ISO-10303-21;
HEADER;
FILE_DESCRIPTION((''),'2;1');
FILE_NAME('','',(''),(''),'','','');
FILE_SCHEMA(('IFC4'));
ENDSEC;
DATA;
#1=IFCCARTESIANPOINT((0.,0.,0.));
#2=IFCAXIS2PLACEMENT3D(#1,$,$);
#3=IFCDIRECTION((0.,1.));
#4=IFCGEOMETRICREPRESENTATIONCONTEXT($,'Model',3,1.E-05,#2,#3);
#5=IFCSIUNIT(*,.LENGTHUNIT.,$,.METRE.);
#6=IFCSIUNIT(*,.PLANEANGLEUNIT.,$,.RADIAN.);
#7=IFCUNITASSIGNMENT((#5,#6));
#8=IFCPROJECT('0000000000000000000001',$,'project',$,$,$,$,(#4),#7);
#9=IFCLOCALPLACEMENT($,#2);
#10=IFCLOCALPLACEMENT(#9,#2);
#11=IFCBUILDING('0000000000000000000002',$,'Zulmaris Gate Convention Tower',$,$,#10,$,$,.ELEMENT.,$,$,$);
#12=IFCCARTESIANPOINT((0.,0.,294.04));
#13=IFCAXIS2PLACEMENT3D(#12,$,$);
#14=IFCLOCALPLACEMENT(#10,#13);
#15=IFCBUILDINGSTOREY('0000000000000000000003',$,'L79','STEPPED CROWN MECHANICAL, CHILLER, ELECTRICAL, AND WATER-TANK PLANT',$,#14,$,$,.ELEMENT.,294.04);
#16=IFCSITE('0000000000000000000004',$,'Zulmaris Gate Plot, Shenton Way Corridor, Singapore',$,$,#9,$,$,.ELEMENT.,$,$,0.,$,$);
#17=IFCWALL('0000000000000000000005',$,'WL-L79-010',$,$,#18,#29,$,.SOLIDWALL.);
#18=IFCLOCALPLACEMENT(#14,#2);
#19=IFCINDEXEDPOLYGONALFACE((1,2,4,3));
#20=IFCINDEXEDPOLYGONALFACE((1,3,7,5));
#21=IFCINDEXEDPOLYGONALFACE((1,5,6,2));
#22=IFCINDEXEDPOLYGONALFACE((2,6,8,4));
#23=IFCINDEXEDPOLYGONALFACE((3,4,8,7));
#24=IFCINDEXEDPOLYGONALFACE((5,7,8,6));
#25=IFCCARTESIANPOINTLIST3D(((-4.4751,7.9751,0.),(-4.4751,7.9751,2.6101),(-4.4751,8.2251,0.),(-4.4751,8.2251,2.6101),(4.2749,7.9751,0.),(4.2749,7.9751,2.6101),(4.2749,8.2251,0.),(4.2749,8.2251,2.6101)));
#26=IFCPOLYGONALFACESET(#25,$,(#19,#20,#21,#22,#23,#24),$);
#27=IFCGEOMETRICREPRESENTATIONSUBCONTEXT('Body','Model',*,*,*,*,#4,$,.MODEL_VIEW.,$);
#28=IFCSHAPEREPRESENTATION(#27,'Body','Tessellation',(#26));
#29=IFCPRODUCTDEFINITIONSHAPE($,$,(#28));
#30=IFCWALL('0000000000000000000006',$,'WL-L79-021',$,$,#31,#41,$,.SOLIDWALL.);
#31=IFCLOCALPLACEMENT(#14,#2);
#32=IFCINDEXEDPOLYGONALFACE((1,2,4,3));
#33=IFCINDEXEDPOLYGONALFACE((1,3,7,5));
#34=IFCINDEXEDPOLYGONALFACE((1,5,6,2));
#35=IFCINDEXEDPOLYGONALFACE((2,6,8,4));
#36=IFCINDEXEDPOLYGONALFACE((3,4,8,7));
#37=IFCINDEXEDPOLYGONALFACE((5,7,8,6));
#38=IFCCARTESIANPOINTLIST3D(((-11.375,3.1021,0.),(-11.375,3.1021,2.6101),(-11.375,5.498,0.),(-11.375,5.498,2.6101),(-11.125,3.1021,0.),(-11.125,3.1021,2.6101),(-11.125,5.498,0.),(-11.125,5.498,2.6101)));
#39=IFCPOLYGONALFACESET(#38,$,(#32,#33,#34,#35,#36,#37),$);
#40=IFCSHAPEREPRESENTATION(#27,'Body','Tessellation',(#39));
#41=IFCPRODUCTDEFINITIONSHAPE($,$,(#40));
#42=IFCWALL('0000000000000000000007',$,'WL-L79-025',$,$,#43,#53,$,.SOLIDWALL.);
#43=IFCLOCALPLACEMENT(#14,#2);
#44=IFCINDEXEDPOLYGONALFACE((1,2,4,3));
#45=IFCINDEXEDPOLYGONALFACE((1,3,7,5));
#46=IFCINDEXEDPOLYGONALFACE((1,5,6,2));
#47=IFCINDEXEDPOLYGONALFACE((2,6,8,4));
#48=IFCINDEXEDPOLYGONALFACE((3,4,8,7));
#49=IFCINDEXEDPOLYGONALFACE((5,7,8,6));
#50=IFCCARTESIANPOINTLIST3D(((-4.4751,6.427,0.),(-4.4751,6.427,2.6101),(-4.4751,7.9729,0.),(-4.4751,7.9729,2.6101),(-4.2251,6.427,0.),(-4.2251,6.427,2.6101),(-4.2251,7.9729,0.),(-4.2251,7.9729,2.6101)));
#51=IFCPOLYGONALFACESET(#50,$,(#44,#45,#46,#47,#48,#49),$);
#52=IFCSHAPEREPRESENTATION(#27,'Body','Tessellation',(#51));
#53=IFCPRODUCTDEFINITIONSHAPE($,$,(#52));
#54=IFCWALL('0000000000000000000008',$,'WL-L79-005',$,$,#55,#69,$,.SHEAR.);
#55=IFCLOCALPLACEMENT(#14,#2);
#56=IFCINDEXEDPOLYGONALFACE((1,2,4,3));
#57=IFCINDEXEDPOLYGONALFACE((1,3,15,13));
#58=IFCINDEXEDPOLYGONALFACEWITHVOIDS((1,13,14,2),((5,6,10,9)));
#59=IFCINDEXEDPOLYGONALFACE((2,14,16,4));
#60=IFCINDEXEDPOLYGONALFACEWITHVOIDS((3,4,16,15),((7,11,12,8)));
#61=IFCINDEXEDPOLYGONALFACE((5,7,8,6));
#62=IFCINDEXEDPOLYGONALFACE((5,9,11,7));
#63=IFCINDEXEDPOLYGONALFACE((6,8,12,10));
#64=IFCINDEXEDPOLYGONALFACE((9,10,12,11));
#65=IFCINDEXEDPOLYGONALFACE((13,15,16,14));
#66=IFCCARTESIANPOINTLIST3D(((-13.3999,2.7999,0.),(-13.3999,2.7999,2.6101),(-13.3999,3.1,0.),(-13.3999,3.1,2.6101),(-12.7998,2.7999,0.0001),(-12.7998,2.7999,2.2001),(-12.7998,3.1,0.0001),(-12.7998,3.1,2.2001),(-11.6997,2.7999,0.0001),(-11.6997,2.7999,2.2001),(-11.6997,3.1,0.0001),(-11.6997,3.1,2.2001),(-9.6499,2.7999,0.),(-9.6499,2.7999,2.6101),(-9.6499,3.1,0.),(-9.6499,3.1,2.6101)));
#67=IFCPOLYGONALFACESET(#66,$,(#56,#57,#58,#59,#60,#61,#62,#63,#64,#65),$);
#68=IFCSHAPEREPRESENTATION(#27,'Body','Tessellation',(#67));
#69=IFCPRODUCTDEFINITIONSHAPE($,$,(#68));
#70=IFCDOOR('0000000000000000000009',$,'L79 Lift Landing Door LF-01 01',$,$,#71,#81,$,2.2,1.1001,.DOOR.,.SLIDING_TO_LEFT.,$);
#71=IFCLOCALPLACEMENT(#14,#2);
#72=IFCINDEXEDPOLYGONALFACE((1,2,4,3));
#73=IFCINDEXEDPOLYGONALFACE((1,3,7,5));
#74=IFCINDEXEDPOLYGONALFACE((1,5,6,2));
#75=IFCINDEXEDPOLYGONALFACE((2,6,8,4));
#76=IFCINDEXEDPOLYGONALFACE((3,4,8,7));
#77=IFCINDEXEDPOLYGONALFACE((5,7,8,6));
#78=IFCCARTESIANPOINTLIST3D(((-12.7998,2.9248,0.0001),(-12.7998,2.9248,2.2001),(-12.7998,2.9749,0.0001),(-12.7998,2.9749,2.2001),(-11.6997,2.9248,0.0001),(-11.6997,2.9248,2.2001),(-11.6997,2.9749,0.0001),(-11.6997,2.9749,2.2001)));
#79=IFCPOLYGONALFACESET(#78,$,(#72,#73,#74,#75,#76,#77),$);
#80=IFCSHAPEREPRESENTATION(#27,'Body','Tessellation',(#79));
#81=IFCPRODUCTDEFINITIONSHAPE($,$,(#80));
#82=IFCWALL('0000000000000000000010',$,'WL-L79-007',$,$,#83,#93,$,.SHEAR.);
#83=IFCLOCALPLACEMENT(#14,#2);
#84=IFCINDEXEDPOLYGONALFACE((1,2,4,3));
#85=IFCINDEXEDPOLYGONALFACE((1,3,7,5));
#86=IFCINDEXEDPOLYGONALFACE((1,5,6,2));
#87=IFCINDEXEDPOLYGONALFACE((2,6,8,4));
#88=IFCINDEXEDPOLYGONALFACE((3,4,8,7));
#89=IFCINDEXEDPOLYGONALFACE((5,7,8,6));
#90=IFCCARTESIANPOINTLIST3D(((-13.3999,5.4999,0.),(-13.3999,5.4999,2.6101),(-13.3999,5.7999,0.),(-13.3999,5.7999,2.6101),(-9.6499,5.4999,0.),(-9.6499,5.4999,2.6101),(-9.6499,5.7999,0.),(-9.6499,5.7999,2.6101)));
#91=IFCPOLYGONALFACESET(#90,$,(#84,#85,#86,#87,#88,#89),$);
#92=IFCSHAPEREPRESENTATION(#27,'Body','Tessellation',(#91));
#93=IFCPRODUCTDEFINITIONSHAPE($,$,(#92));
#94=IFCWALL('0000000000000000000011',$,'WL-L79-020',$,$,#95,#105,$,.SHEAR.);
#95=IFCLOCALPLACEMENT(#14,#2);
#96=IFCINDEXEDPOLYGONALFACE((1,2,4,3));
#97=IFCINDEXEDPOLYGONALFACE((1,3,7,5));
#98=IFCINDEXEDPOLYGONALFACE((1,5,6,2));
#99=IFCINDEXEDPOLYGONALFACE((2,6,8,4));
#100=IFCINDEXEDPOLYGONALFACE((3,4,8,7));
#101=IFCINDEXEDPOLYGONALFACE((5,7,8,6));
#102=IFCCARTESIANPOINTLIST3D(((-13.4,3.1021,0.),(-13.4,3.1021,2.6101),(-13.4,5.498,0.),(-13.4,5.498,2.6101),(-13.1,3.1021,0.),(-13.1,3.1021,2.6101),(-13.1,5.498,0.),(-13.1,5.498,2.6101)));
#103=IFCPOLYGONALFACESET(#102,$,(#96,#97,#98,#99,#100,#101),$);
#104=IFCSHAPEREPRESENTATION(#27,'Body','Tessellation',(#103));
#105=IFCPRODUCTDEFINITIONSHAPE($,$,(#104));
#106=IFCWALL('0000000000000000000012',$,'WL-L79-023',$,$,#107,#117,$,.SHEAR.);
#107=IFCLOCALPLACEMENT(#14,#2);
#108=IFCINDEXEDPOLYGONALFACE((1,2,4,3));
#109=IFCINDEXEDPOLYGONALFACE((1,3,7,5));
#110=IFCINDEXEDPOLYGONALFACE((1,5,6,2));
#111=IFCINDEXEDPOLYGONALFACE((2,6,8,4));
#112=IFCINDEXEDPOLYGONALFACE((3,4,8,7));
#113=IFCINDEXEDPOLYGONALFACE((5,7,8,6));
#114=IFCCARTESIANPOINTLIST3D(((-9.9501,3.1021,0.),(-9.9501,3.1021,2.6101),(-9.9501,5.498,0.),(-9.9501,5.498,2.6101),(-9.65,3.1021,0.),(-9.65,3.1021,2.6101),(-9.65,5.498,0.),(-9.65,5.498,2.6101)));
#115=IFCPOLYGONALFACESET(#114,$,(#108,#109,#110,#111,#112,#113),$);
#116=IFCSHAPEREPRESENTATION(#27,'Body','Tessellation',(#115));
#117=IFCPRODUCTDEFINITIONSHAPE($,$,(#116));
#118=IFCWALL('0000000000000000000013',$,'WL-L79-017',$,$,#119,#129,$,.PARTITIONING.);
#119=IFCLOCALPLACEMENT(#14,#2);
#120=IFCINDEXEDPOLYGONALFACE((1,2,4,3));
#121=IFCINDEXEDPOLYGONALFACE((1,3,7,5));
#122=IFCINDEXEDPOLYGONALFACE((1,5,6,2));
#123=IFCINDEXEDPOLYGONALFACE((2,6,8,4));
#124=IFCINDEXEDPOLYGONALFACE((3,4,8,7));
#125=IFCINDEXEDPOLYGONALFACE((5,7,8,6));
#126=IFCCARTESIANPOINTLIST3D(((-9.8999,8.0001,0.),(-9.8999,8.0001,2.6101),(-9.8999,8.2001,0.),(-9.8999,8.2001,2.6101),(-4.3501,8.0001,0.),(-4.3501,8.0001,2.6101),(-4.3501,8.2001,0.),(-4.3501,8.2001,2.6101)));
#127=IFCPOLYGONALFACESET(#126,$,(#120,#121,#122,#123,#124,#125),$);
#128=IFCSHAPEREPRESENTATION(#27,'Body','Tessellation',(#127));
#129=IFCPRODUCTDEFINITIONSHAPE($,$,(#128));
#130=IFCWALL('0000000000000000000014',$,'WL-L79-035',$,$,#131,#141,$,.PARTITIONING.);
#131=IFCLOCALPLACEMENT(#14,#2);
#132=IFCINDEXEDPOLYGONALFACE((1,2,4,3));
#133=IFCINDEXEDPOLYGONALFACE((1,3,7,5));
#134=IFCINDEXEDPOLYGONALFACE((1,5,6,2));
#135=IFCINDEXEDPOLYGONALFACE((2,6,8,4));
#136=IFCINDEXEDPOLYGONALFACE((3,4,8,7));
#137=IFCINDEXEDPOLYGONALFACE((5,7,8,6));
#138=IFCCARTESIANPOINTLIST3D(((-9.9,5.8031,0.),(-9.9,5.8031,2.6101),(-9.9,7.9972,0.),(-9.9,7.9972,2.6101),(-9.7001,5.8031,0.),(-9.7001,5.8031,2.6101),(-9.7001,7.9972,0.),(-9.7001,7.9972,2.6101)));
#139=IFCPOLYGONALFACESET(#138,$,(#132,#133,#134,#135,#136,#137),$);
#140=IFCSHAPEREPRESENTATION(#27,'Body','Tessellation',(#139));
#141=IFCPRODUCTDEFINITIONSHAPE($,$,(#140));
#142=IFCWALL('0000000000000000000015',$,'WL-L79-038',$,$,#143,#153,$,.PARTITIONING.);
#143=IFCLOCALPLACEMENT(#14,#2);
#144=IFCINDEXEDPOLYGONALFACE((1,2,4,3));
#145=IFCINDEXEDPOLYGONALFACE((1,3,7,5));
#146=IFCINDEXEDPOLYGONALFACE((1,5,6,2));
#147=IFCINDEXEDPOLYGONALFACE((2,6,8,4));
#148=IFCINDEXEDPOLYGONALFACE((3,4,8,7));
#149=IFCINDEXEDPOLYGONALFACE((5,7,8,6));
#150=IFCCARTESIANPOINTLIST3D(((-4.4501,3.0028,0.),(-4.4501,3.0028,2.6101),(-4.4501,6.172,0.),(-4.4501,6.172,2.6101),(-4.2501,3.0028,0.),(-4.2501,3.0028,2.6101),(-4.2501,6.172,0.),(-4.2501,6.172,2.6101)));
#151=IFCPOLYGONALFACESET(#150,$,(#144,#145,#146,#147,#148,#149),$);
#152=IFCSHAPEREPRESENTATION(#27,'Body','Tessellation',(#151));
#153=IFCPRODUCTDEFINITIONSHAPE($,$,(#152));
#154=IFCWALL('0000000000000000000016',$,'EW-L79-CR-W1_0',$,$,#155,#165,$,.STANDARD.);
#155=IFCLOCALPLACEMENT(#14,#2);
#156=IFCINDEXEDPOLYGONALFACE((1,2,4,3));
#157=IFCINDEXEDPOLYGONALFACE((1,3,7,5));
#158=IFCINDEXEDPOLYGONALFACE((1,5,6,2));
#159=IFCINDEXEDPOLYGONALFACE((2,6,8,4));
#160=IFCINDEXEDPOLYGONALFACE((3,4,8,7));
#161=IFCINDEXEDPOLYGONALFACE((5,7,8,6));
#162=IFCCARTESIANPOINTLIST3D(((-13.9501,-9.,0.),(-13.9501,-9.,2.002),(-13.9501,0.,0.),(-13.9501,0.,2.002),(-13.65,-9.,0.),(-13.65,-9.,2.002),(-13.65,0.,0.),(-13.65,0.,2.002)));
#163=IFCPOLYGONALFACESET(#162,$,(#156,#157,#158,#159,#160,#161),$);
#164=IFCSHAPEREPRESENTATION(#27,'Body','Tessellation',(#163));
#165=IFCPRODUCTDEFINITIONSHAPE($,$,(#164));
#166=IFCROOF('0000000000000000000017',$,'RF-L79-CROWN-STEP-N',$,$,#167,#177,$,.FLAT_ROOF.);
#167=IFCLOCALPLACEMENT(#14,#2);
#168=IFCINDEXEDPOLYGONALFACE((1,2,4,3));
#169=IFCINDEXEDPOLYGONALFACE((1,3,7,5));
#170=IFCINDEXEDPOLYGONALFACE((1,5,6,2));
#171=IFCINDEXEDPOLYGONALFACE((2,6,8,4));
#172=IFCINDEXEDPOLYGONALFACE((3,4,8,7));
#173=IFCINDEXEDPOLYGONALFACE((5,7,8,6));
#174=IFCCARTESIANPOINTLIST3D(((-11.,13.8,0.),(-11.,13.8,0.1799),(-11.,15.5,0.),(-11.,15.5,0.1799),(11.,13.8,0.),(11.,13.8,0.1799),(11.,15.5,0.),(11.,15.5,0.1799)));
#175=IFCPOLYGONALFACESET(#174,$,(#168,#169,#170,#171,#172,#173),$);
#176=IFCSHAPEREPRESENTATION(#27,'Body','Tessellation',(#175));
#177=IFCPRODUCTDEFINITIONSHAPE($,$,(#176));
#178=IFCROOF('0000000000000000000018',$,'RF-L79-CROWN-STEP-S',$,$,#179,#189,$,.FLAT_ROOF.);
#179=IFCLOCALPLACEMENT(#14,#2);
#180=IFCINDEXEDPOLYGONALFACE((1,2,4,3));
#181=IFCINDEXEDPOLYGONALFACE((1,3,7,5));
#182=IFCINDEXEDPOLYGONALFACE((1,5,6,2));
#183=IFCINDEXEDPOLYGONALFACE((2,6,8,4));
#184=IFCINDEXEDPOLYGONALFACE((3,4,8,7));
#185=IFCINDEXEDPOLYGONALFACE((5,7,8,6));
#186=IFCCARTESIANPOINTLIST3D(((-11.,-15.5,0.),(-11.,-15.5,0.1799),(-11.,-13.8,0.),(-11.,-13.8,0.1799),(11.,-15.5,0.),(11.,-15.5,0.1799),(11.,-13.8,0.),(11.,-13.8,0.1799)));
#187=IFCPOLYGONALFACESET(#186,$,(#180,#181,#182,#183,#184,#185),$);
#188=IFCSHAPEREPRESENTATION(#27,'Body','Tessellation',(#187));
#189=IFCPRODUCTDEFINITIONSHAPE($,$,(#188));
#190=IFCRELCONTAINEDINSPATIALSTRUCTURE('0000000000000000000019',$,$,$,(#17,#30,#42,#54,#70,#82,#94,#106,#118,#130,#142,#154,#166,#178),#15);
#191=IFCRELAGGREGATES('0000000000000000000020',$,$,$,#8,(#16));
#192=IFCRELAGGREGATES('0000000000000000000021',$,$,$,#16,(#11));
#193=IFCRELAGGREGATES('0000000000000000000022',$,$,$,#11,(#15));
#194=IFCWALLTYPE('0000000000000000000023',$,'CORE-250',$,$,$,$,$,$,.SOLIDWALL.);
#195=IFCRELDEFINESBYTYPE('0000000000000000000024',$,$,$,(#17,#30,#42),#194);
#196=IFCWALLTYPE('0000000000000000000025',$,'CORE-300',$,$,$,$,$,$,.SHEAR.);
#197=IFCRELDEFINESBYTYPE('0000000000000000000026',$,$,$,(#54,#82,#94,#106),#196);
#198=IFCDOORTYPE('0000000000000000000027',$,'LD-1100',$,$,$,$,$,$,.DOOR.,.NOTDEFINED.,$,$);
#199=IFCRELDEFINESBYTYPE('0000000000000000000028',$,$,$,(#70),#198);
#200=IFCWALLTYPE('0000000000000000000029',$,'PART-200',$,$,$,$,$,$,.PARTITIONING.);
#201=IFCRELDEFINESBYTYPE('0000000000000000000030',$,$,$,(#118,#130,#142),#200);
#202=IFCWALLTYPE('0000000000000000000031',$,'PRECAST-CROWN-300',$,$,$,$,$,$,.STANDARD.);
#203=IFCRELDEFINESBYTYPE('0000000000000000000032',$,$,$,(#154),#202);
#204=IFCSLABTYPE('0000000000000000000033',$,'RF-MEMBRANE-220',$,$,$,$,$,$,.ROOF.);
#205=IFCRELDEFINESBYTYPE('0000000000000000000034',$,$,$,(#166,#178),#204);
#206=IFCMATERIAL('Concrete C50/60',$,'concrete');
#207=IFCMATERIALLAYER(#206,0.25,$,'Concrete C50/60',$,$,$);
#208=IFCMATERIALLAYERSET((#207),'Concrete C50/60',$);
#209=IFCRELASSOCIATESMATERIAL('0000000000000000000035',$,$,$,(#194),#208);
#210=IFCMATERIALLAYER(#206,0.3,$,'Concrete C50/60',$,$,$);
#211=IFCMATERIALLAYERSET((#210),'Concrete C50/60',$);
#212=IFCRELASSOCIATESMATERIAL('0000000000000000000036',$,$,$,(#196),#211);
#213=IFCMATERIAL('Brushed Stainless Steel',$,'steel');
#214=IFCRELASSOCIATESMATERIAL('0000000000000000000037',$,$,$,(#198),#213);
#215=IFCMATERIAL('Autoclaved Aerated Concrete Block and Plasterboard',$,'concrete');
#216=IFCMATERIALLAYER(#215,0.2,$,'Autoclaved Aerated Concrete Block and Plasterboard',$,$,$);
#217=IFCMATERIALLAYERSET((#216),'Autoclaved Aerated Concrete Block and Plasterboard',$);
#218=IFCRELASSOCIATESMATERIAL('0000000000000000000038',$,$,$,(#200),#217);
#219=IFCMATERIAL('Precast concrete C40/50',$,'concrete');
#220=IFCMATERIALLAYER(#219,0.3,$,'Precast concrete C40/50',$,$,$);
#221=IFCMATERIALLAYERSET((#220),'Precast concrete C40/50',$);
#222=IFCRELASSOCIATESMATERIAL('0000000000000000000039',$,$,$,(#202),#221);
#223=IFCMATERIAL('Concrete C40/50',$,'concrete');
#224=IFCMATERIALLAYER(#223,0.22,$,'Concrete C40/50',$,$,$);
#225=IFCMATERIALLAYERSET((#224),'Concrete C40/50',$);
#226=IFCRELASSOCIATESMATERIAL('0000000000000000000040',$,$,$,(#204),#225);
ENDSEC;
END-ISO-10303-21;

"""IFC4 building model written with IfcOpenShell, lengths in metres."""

from ifc_helpers import new_model, si_unit, direction, frame, frame_2d, origin, place, context, subcontext, project, spatial, polyline, rectangle, outline, extrude, material, layer, layer_set, type_object, element, fill, save


model = new_model("IFC4")

# Units and contexts
model_context = context("Model", 3, precision=1e-05, world=origin(), true_north=direction((0.0, 1.0)))
body_context = subcontext(model_context, "Body", "Model", "MODEL_VIEW")
ifc_project = project(units=[si_unit("LENGTHUNIT", "METRE"), si_unit("PLANEANGLEUNIT", "RADIAN")], contexts=[model_context])

# Site, building, storey
site_placement = place(None, origin())
site = spatial("IfcSite", under=ifc_project, at=site_placement, Name="Zulmaris Gate Plot, Shenton Way Corridor, Singapore", CompositionType="ELEMENT", RefElevation=0.0)
building_placement = place(site_placement, origin())
building = spatial("IfcBuilding", under=site, at=building_placement, Name="Zulmaris Gate Convention Tower", CompositionType="ELEMENT")
storey_placement = place(building_placement, frame((0.0, 0.0, 294.04)))
storey = spatial("IfcBuildingStorey", under=building, at=storey_placement, Name="L79", Description="STEPPED CROWN MECHANICAL, CHILLER, ELECTRICAL, AND WATER-TANK PLANT", CompositionType="ELEMENT", Elevation=294.04)

# Shared definitions
ifc_material_1 = material(Name="Concrete C50/60", Category="concrete")
ifc_layer_1 = layer(ifc_material_1, 0.25, Name="Concrete C50/60")
ifc_layer_set_1 = layer_set([ifc_layer_1], Name="Concrete C50/60")
wall_type_1 = type_object("IfcWallType", Name="CORE-250", PredefinedType="SOLIDWALL", material=ifc_layer_set_1)

# Walls
wall_1_placement = place(storey_placement, frame((-4.4751, 8.1001, 0.0), z_axis=(0.0, 0.0, 1.0), x_axis=(1.0, 0.0, 0.0)))
element("IfcWall", 1, at=wall_1_placement, inside=storey, type_object=wall_type_1, Name="WL-L79-010", PredefinedType="SOLIDWALL", context=body_context, shape_type="SweptSolid", body=[
    extrude(rectangle(XDim=8.75, YDim=0.25, at=frame_2d((4.375, 0.0))), origin(), (0.0, 0.0, 1.0), 2.6101),
])
wall_2_placement = place(storey_placement, frame((-11.25, 3.1021, 0.0), z_axis=(0.0, 0.0, 1.0), x_axis=(0.0, 1.0, 0.0)))
element("IfcWall", 2, at=wall_2_placement, inside=storey, type_object=wall_type_1, Name="WL-L79-021", PredefinedType="SOLIDWALL", context=body_context, shape_type="SweptSolid", body=[
    extrude(rectangle(XDim=2.396, YDim=0.25, at=frame_2d((1.198, 0.0))), origin(), (0.0, 0.0, 1.0), 2.6101),
])
wall_3_placement = place(storey_placement, frame((-4.3501, 6.427, 0.0), z_axis=(0.0, 0.0, 1.0), x_axis=(0.0, 1.0, 0.0)))
element("IfcWall", 3, at=wall_3_placement, inside=storey, type_object=wall_type_1, Name="WL-L79-025", PredefinedType="SOLIDWALL", context=body_context, shape_type="SweptSolid", body=[
    extrude(rectangle(XDim=1.5459, YDim=0.25, at=frame_2d((0.7729, 0.0))), origin(), (0.0, 0.0, 1.0), 2.6101),
])

# Wall, opening, door
ifc_layer_2 = layer(ifc_material_1, 0.3, Name="Concrete C50/60")
ifc_layer_set_2 = layer_set([ifc_layer_2], Name="Concrete C50/60")
wall_type_2 = type_object("IfcWallType", Name="CORE-300", PredefinedType="SHEAR", material=ifc_layer_set_2)
wall_4_placement = place(storey_placement, frame((-13.3999, 2.95, 0.0), z_axis=(0.0, 0.0, 1.0), x_axis=(1.0, 0.0, 0.0)))
wall_4 = element("IfcWall", 4, at=wall_4_placement, inside=storey, type_object=wall_type_2, Name="WL-L79-005", PredefinedType="SHEAR", context=body_context, shape_type="SweptSolid", body=[
    extrude(rectangle(XDim=3.75, YDim=0.3, at=frame_2d((1.875, 0.0))), origin(), (0.0, 0.0, 1.0), 2.6101),
])
opening_1_placement = place(wall_4_placement, frame((0.6001, 0.0, 0.0)))
opening_1 = element("IfcOpeningElement", 5, at=opening_1_placement, cuts=wall_4, PredefinedType="OPENING", context=body_context, shape_type="SweptSolid", body=[
    extrude(rectangle(XDim=1.1001, YDim=2.2, at=frame_2d((0.55, 1.1001))), frame((0.0, 0.1602, 0.0), z_axis=(0.0, -1.0, 0.0), x_axis=(1.0, 0.0, 0.0)), (0.0, 0.0, 1.0), 0.3201),
])
ifc_material_2 = material(Name="Brushed Stainless Steel", Category="steel")
door_type_1 = type_object("IfcDoorType", Name="LD-1100", OperationType="NOTDEFINED", PredefinedType="DOOR", material=ifc_material_2)
door_1_placement = place(opening_1_placement, origin())
door_1 = element("IfcDoor", 6, at=door_1_placement, inside=storey, type_object=door_type_1, Name="L79 Lift Landing Door LF-01 01", OperationType="SLIDING_TO_LEFT", OverallHeight=2.2, OverallWidth=1.1001, PredefinedType="DOOR", context=body_context, shape_type="SweptSolid", body=[
    extrude(rectangle(XDim=1.1001, YDim=2.2, at=frame_2d((0.55, 1.1001))), frame((0.0, 0.0249, 0.0), z_axis=(0.0, -1.0, 0.0), x_axis=(1.0, 0.0, 0.0)), (0.0, 0.0, 1.0), 0.05),
])
fill(opening_1, door_1)

# Walls
wall_5_placement = place(storey_placement, frame((-13.3999, 5.6499, 0.0), z_axis=(0.0, 0.0, 1.0), x_axis=(1.0, 0.0, 0.0)))
element("IfcWall", 7, at=wall_5_placement, inside=storey, type_object=wall_type_2, Name="WL-L79-007", PredefinedType="SHEAR", context=body_context, shape_type="SweptSolid", body=[
    extrude(rectangle(XDim=3.75, YDim=0.3, at=frame_2d((1.875, 0.0))), origin(), (0.0, 0.0, 1.0), 2.6101),
])
for number, where, z_axis, x_axis, name in (
    (8, (-13.25, 3.1021, 0.0), (0.0, 0.0, 1.0), (0.0, 1.0, 0.0), "WL-L79-020"),
    (9, (-9.8, 3.1021, 0.0), (0.0, 0.0, 1.0), (0.0, 1.0, 0.0), "WL-L79-023"),
):
    element("IfcWall", number, at=place(storey_placement, frame(where, z_axis=z_axis, x_axis=x_axis)), inside=storey, type_object=wall_type_2, Name=name, PredefinedType="SHEAR", context=body_context, shape_type="SweptSolid", body=[
        extrude(rectangle(XDim=2.396, YDim=0.3, at=frame_2d((1.198, 0.0))), origin(), (0.0, 0.0, 1.0), 2.6101),
    ])

# Shared definitions
ifc_material_3 = material(Name="Autoclaved Aerated Concrete Block and Plasterboard", Category="concrete")
ifc_layer_3 = layer(ifc_material_3, 0.2, Name="Autoclaved Aerated Concrete Block and Plasterboard")
ifc_layer_set_3 = layer_set([ifc_layer_3], Name="Autoclaved Aerated Concrete Block and Plasterboard")
wall_type_3 = type_object("IfcWallType", Name="PART-200", PredefinedType="PARTITIONING", material=ifc_layer_set_3)

# Walls
wall_6_placement = place(storey_placement, frame((-9.8999, 8.1001, 0.0), z_axis=(0.0, 0.0, 1.0), x_axis=(1.0, 0.0, 0.0)))
element("IfcWall", 10, at=wall_6_placement, inside=storey, type_object=wall_type_3, Name="WL-L79-017", PredefinedType="PARTITIONING", context=body_context, shape_type="SweptSolid", body=[
    extrude(rectangle(XDim=5.5498, YDim=0.2, at=frame_2d((2.7749, 0.0))), origin(), (0.0, 0.0, 1.0), 2.6101),
])
wall_7_placement = place(storey_placement, frame((-9.8, 5.803, 0.0), z_axis=(0.0, 0.0, 1.0), x_axis=(0.0, 1.0, 0.0)))
element("IfcWall", 11, at=wall_7_placement, inside=storey, type_object=wall_type_3, Name="WL-L79-035", PredefinedType="PARTITIONING", context=body_context, shape_type="SweptSolid", body=[
    extrude(rectangle(XDim=2.1941, YDim=0.2, at=frame_2d((1.0972, 0.0))), origin(), (0.0, 0.0, 1.0), 2.6101),
])
wall_8_placement = place(storey_placement, frame((-4.3501, 3.0029, 0.0), z_axis=(0.0, 0.0, 1.0), x_axis=(0.0, 1.0, 0.0)))
element("IfcWall", 12, at=wall_8_placement, inside=storey, type_object=wall_type_3, Name="WL-L79-038", PredefinedType="PARTITIONING", context=body_context, shape_type="SweptSolid", body=[
    extrude(rectangle(XDim=3.1692, YDim=0.2, at=frame_2d((1.5845, 0.0))), origin(), (0.0, 0.0, 1.0), 2.6101),
])
ifc_material_4 = material(Name="Precast concrete C40/50", Category="concrete")
ifc_layer_4 = layer(ifc_material_4, 0.3, Name="Precast concrete C40/50")
ifc_layer_set_4 = layer_set([ifc_layer_4], Name="Precast concrete C40/50")
wall_type_4 = type_object("IfcWallType", Name="PRECAST-CROWN-300", PredefinedType="STANDARD", material=ifc_layer_set_4)
wall_9_placement = place(storey_placement, frame((-13.8, 0.0, 0.0), z_axis=(0.0, 0.0, 1.0), x_axis=(0.0, -1.0, 0.0)))
element("IfcWall", 13, at=wall_9_placement, inside=storey, type_object=wall_type_4, Name="EW-L79-CR-W1_0", PredefinedType="STANDARD", context=body_context, shape_type="SweptSolid", body=[
    extrude(rectangle(XDim=9.0, YDim=0.3, at=frame_2d((4.5, 0.0))), origin(), (0.0, 0.0, 1.0), 2.002),
])

# Roofs
ifc_material_5 = material(Name="Concrete C40/50", Category="concrete")
ifc_layer_5 = layer(ifc_material_5, 0.22, Name="Concrete C40/50")
ifc_layer_set_5 = layer_set([ifc_layer_5], Name="Concrete C40/50")
slab_type = type_object("IfcSlabType", Name="RF-MEMBRANE-220", PredefinedType="ROOF", material=ifc_layer_set_5)
roof_1_placement = place(storey_placement, origin())
element("IfcRoof", 14, at=roof_1_placement, inside=storey, type_object=slab_type, Name="RF-L79-CROWN-STEP-N", PredefinedType="FLAT_ROOF", context=body_context, shape_type="SweptSolid", body=[
    extrude(outline(polyline([(-11.0, 13.8), (11.0, 13.8), (11.0, 15.5), (-11.0, 15.5), (-11.0, 13.8)])), origin(), (0.0, 0.0, 1.0), 0.1799),
])
roof_2_placement = place(storey_placement, origin())
element("IfcRoof", 15, at=roof_2_placement, inside=storey, type_object=slab_type, Name="RF-L79-CROWN-STEP-S", PredefinedType="FLAT_ROOF", context=body_context, shape_type="SweptSolid", body=[
    extrude(outline(polyline([(-11.0, -15.5), (11.0, -15.5), (11.0, -13.8), (-11.0, -13.8), (-11.0, -15.5)])), origin(), (0.0, 0.0, 1.0), 0.1799),
])

save(model, "model.ifc")
